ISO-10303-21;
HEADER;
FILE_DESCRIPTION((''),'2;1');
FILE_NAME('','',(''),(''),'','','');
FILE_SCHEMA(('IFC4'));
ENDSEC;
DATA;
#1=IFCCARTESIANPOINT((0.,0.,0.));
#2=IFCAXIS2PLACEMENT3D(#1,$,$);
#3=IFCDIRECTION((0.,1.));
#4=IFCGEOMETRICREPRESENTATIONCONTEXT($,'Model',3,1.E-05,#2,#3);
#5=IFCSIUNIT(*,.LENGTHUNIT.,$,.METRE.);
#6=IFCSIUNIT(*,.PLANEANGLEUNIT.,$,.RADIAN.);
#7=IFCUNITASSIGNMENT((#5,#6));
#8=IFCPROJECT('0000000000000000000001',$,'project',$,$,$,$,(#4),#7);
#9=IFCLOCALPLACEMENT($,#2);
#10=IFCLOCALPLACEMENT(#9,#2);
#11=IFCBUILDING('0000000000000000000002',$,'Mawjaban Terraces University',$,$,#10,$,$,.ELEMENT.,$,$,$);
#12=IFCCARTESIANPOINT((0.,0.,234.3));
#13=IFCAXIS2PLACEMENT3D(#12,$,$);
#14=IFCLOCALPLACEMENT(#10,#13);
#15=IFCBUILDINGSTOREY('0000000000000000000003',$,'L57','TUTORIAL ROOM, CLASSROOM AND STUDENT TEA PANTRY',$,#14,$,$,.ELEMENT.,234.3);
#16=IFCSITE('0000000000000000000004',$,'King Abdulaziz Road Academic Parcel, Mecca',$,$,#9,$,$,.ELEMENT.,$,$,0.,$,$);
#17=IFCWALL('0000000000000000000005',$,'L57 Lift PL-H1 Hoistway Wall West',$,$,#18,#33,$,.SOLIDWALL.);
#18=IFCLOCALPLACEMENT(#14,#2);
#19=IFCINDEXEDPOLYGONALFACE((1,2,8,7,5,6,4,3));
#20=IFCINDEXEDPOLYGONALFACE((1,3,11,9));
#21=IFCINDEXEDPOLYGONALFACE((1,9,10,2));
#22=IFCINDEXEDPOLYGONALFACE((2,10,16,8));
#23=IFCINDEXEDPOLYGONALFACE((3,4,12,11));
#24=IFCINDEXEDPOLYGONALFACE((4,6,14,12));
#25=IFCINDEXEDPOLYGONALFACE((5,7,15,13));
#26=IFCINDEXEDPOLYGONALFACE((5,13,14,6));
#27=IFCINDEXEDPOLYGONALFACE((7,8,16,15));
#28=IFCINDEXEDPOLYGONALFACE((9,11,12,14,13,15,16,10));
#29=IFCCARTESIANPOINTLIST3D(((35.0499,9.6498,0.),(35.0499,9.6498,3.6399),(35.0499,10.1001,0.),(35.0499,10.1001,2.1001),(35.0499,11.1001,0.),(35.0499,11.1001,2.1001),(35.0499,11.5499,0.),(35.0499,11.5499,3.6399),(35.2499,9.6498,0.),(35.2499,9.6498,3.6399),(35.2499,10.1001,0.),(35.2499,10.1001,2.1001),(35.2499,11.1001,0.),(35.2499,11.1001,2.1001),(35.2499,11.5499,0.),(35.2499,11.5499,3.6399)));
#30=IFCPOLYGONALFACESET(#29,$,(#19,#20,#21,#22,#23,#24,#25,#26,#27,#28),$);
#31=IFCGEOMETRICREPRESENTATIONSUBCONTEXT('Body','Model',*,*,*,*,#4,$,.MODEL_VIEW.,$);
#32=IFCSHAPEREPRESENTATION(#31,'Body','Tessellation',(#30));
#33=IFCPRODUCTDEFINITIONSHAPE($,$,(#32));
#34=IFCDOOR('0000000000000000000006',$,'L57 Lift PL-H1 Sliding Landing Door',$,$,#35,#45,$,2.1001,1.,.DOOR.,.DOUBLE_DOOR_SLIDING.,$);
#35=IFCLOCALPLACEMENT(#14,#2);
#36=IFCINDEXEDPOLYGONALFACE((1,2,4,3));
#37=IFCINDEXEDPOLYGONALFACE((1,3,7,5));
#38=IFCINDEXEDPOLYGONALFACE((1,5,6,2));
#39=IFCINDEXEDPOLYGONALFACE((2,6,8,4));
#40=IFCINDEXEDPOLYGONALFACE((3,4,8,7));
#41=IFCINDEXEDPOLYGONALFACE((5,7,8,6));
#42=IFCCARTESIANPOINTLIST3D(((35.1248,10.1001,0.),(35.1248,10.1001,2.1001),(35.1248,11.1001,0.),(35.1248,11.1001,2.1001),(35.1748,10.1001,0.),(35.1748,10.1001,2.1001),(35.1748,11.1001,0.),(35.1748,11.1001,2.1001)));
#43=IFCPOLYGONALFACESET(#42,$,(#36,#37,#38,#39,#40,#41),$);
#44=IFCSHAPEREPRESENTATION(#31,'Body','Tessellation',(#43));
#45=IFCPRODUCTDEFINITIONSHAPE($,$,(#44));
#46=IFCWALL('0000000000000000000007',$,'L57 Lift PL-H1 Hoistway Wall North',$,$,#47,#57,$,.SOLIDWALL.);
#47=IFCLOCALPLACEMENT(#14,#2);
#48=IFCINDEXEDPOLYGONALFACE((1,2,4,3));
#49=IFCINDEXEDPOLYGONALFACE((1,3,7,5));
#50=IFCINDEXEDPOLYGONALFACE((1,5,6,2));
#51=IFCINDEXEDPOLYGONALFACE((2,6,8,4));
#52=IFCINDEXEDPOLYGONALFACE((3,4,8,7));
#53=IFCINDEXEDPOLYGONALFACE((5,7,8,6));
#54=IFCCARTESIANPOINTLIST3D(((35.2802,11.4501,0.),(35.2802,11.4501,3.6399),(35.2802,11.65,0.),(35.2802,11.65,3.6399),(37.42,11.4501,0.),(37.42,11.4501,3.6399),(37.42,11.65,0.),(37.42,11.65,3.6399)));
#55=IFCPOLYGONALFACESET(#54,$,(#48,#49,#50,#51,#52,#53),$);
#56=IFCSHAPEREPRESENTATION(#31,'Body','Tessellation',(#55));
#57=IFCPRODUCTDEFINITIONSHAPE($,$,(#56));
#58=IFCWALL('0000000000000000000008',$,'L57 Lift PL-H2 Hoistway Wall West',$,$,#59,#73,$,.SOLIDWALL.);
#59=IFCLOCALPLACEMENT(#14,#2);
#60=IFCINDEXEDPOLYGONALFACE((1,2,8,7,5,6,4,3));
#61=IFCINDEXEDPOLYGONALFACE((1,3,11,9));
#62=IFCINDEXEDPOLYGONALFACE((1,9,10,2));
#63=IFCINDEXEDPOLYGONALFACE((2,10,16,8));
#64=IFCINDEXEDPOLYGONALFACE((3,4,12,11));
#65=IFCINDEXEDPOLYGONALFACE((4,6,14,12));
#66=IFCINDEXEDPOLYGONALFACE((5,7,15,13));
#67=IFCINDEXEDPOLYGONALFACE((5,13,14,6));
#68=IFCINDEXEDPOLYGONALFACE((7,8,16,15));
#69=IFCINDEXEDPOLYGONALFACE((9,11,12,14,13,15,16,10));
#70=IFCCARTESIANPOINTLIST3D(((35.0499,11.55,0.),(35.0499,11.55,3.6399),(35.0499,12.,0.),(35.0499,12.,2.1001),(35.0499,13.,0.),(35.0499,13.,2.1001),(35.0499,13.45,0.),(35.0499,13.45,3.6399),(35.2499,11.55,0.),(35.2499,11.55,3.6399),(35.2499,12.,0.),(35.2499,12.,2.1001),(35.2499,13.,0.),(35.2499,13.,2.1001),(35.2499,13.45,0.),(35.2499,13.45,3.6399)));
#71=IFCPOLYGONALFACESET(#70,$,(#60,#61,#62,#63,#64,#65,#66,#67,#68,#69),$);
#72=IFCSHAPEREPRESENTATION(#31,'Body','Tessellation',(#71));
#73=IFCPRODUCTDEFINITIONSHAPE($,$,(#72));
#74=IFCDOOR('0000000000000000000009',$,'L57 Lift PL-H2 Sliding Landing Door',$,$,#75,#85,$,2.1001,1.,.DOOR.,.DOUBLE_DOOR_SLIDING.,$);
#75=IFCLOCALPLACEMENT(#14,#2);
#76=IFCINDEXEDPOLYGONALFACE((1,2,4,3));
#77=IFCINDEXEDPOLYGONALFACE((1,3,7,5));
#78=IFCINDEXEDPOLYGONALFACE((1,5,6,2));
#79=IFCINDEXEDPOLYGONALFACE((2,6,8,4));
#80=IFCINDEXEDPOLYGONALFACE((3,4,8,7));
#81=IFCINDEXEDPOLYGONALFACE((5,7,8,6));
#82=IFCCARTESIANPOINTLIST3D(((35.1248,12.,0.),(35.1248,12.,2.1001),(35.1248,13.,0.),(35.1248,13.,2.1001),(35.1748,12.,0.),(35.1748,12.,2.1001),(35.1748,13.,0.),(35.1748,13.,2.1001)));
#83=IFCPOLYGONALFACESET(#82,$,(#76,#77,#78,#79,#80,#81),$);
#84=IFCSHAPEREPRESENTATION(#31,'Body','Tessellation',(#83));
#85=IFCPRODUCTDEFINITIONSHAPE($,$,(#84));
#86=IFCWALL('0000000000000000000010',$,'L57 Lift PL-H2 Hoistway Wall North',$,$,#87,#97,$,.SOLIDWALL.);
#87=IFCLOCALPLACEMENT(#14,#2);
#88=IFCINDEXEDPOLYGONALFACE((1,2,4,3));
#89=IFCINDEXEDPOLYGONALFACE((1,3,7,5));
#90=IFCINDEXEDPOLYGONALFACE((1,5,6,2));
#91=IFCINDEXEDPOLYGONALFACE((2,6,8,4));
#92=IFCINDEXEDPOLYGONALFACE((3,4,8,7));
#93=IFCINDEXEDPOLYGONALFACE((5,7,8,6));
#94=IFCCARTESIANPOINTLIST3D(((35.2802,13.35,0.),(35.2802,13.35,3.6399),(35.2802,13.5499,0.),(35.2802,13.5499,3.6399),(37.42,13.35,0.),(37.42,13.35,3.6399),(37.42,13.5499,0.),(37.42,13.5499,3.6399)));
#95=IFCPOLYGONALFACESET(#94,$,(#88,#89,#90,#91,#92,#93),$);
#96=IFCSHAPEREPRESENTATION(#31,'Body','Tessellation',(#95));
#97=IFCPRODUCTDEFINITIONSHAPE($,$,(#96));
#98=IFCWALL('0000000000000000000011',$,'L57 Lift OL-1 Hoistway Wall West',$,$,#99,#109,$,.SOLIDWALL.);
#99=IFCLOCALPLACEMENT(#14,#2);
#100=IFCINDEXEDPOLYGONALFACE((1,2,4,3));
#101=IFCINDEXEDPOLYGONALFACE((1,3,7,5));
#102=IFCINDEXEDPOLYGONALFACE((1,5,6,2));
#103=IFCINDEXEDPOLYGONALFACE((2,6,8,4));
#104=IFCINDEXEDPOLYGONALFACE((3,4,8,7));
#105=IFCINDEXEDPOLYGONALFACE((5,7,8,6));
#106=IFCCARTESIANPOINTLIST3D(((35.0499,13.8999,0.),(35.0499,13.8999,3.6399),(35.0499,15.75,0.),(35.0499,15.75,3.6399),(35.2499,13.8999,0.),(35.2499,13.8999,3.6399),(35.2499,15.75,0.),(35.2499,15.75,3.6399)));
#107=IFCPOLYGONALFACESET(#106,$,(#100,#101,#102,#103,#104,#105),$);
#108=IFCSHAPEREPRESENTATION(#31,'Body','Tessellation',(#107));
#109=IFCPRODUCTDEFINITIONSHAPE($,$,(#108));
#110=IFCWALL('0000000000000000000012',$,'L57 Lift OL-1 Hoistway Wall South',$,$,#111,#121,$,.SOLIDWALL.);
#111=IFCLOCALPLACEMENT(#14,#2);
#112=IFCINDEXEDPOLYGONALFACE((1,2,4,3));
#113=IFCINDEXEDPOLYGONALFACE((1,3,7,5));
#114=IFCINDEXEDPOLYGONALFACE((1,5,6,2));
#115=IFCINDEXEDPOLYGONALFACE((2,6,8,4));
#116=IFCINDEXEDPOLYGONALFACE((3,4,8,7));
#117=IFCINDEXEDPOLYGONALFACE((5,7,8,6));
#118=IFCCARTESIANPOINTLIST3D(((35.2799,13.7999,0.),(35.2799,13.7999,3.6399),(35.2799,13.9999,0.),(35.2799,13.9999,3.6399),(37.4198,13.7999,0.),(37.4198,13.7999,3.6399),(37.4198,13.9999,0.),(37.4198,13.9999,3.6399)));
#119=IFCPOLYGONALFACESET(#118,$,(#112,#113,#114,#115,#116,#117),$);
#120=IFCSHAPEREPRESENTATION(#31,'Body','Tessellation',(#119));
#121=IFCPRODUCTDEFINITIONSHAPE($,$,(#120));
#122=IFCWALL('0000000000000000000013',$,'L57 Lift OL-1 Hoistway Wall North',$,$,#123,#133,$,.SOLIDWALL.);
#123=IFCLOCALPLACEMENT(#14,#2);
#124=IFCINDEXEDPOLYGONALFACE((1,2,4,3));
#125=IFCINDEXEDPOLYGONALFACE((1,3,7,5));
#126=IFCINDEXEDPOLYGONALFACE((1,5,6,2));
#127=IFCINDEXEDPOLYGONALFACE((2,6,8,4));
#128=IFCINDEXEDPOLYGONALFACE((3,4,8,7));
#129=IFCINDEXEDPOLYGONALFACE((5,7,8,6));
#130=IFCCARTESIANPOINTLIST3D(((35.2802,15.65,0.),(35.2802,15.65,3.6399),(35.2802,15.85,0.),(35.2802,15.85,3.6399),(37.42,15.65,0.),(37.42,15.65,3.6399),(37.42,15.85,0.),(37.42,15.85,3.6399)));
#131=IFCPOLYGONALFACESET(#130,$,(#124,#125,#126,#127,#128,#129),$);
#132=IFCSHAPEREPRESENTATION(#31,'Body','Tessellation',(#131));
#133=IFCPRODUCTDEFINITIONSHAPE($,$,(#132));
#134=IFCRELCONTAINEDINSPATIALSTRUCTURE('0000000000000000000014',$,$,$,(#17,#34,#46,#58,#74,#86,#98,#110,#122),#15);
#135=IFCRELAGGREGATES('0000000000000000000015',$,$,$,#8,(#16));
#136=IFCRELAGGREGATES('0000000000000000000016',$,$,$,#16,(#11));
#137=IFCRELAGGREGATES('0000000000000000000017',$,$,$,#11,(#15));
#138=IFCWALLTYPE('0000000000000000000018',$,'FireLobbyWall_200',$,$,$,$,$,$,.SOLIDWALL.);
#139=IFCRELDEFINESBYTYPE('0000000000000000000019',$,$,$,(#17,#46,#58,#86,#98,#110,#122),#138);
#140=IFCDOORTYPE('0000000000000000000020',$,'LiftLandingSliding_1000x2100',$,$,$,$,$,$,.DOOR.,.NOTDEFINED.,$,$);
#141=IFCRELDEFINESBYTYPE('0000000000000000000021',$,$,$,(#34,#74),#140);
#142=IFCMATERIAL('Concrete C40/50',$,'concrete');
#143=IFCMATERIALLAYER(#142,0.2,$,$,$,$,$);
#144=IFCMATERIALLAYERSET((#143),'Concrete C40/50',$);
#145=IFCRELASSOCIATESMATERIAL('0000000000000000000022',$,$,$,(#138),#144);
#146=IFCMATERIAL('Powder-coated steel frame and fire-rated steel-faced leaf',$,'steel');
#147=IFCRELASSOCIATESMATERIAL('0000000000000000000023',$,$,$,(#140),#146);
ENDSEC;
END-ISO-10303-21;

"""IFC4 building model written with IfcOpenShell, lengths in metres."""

from ifc_helpers import new_model, si_unit, direction, frame, frame_2d, origin, place, context, subcontext, project, spatial, rectangle, extrude, material, layer, layer_set, type_object, element, fill, save


model = new_model("IFC4")

# Units and contexts
model_context = context("Model", 3, precision=1e-05, world=origin(), true_north=direction((0.0, 1.0)))
body_context = subcontext(model_context, "Body", "Model", "MODEL_VIEW")
ifc_project = project(units=[si_unit("LENGTHUNIT", "METRE"), si_unit("PLANEANGLEUNIT", "RADIAN")], contexts=[model_context])

# Site, building, storey
site_placement = place(None, origin())
site = spatial("IfcSite", under=ifc_project, at=site_placement, Name="King Abdulaziz Road Academic Parcel, Mecca", CompositionType="ELEMENT", RefElevation=0.0)
building_placement = place(site_placement, origin())
building = spatial("IfcBuilding", under=site, at=building_placement, Name="Mawjaban Terraces University", CompositionType="ELEMENT")
storey_placement = place(building_placement, frame((0.0, 0.0, 234.3)))
storey = spatial("IfcBuildingStorey", under=building, at=storey_placement, Name="L57", Description="TUTORIAL ROOM, CLASSROOM AND STUDENT TEA PANTRY", CompositionType="ELEMENT", Elevation=234.3)

# Wall, opening, door
ifc_material_1 = material(Name="Concrete C40/50", Category="concrete")
ifc_layer_1 = layer(ifc_material_1, 0.2)
ifc_layer_set_1 = layer_set([ifc_layer_1], Name="Concrete C40/50")
wall_type_1 = type_object("IfcWallType", Name="FireLobbyWall_200", PredefinedType="SOLIDWALL", material=ifc_layer_set_1)
wall_1_placement = place(storey_placement, frame((35.1499, 11.55, 0.0), z_axis=(0.0, 0.0, 1.0), x_axis=(0.0, -1.0, 0.0)))
wall_1 = element("IfcWall", 1, at=wall_1_placement, inside=storey, type_object=wall_type_1, Name="L57 Lift PL-H1 Hoistway Wall West", PredefinedType="SOLIDWALL", context=body_context, shape_type="SweptSolid", body=[
    extrude(rectangle(XDim=1.9001, YDim=0.2, at=frame_2d((0.9502, 0.0))), origin(), (0.0, 0.0, 1.0), 3.6399),
])
opening_1_placement = place(wall_1_placement, frame((0.45, 0.0, 0.0)))
opening_1 = element("IfcOpeningElement", 2, at=opening_1_placement, cuts=wall_1, PredefinedType="OPENING", context=body_context, shape_type="SweptSolid", body=[
    extrude(rectangle(XDim=1.0, YDim=2.1001, at=frame_2d((0.5, 1.05))), frame((0.0, 0.1099, 0.0), z_axis=(0.0, -1.0, 0.0), x_axis=(1.0, 0.0, 0.0)), (0.0, 0.0, 1.0), 0.22),
])
ifc_material_2 = material(Name="Powder-coated steel frame and fire-rated steel-faced leaf", Category="steel")
door_type_1 = type_object("IfcDoorType", Name="LiftLandingSliding_1000x2100", OperationType="NOTDEFINED", PredefinedType="DOOR", material=ifc_material_2)
door_1_placement = place(opening_1_placement, origin())
door_1 = element("IfcDoor", 3, at=door_1_placement, inside=storey, type_object=door_type_1, Name="L57 Lift PL-H1 Sliding Landing Door", OperationType="DOUBLE_DOOR_SLIDING", OverallHeight=2.1001, OverallWidth=1.0, PredefinedType="DOOR", context=body_context, shape_type="SweptSolid", body=[
    extrude(rectangle(XDim=1.0, YDim=2.1001, at=frame_2d((0.5, 1.05))), frame((0.0, 0.0249, 0.0), z_axis=(0.0, -1.0, 0.0), x_axis=(1.0, 0.0, 0.0)), (0.0, 0.0, 1.0), 0.05),
])
fill(opening_1, door_1)

# Wall
wall_2_placement = place(storey_placement, frame((37.4199, 11.55, 0.0), z_axis=(0.0, 0.0, 1.0), x_axis=(-1.0, 0.0, 0.0)))
element("IfcWall", 4, at=wall_2_placement, inside=storey, type_object=wall_type_1, Name="L57 Lift PL-H1 Hoistway Wall North", PredefinedType="SOLIDWALL", context=body_context, shape_type="SweptSolid", body=[
    extrude(rectangle(XDim=2.1399, YDim=0.2, at=frame_2d((1.0698, 0.0))), origin(), (0.0, 0.0, 1.0), 3.6399),
])

# Wall, opening, door
wall_3_placement = place(storey_placement, frame((35.1499, 13.45, 0.0), z_axis=(0.0, 0.0, 1.0), x_axis=(0.0, -1.0, 0.0)))
wall_3 = element("IfcWall", 5, at=wall_3_placement, inside=storey, type_object=wall_type_1, Name="L57 Lift PL-H2 Hoistway Wall West", PredefinedType="SOLIDWALL", context=body_context, shape_type="SweptSolid", body=[
    extrude(rectangle(XDim=1.8999, YDim=0.2, at=frame_2d((0.95, 0.0))), origin(), (0.0, 0.0, 1.0), 3.6399),
])
opening_2_placement = place(wall_3_placement, frame((0.45, 0.0, 0.0)))
opening_2 = element("IfcOpeningElement", 6, at=opening_2_placement, cuts=wall_3, PredefinedType="OPENING", context=body_context, shape_type="SweptSolid", body=[
    extrude(rectangle(XDim=1.0, YDim=2.1001, at=frame_2d((0.5, 1.05))), frame((0.0, 0.1099, 0.0), z_axis=(0.0, -1.0, 0.0), x_axis=(1.0, 0.0, 0.0)), (0.0, 0.0, 1.0), 0.22),
])
door_2_placement = place(opening_2_placement, origin())
door_2 = element("IfcDoor", 7, at=door_2_placement, inside=storey, type_object=door_type_1, Name="L57 Lift PL-H2 Sliding Landing Door", OperationType="DOUBLE_DOOR_SLIDING", OverallHeight=2.1001, OverallWidth=1.0, PredefinedType="DOOR", context=body_context, shape_type="SweptSolid", body=[
    extrude(rectangle(XDim=1.0, YDim=2.1001, at=frame_2d((0.5, 1.05))), frame((0.0, 0.0249, 0.0), z_axis=(0.0, -1.0, 0.0), x_axis=(1.0, 0.0, 0.0)), (0.0, 0.0, 1.0), 0.05),
])
fill(opening_2, door_2)

# Walls
wall_4_placement = place(storey_placement, frame((37.4199, 13.45, 0.0), z_axis=(0.0, 0.0, 1.0), x_axis=(-1.0, 0.0, 0.0)))
element("IfcWall", 8, at=wall_4_placement, inside=storey, type_object=wall_type_1, Name="L57 Lift PL-H2 Hoistway Wall North", PredefinedType="SOLIDWALL", context=body_context, shape_type="SweptSolid", body=[
    extrude(rectangle(XDim=2.1399, YDim=0.2, at=frame_2d((1.0698, 0.0))), origin(), (0.0, 0.0, 1.0), 3.6399),
])
wall_5_placement = place(storey_placement, frame((35.1499, 15.75, 0.0), z_axis=(0.0, 0.0, 1.0), x_axis=(0.0, -1.0, 0.0)))
element("IfcWall", 9, at=wall_5_placement, inside=storey, type_object=wall_type_1, Name="L57 Lift OL-1 Hoistway Wall West", PredefinedType="SOLIDWALL", context=body_context, shape_type="SweptSolid", body=[
    extrude(rectangle(XDim=1.8501, YDim=0.2, at=frame_2d((0.925, 0.0))), origin(), (0.0, 0.0, 1.0), 3.6399),
])
for number, where, z_axis, x_axis, name in (
    (10, (35.28, 13.8999, 0.0), (0.0, 0.0, 1.0), (1.0, 0.0, 0.0), "L57 Lift OL-1 Hoistway Wall South"),
    (11, (37.4199, 15.75, 0.0), (0.0, 0.0, 1.0), (-1.0, 0.0, 0.0), "L57 Lift OL-1 Hoistway Wall North"),
):
    element("IfcWall", number, at=place(storey_placement, frame(where, z_axis=z_axis, x_axis=x_axis)), inside=storey, type_object=wall_type_1, Name=name, PredefinedType="SOLIDWALL", context=body_context, shape_type="SweptSolid", body=[
        extrude(rectangle(XDim=2.1399, YDim=0.2, at=frame_2d((1.0698, 0.0))), origin(), (0.0, 0.0, 1.0), 3.6399),
    ])

save(model, "model.ifc")
